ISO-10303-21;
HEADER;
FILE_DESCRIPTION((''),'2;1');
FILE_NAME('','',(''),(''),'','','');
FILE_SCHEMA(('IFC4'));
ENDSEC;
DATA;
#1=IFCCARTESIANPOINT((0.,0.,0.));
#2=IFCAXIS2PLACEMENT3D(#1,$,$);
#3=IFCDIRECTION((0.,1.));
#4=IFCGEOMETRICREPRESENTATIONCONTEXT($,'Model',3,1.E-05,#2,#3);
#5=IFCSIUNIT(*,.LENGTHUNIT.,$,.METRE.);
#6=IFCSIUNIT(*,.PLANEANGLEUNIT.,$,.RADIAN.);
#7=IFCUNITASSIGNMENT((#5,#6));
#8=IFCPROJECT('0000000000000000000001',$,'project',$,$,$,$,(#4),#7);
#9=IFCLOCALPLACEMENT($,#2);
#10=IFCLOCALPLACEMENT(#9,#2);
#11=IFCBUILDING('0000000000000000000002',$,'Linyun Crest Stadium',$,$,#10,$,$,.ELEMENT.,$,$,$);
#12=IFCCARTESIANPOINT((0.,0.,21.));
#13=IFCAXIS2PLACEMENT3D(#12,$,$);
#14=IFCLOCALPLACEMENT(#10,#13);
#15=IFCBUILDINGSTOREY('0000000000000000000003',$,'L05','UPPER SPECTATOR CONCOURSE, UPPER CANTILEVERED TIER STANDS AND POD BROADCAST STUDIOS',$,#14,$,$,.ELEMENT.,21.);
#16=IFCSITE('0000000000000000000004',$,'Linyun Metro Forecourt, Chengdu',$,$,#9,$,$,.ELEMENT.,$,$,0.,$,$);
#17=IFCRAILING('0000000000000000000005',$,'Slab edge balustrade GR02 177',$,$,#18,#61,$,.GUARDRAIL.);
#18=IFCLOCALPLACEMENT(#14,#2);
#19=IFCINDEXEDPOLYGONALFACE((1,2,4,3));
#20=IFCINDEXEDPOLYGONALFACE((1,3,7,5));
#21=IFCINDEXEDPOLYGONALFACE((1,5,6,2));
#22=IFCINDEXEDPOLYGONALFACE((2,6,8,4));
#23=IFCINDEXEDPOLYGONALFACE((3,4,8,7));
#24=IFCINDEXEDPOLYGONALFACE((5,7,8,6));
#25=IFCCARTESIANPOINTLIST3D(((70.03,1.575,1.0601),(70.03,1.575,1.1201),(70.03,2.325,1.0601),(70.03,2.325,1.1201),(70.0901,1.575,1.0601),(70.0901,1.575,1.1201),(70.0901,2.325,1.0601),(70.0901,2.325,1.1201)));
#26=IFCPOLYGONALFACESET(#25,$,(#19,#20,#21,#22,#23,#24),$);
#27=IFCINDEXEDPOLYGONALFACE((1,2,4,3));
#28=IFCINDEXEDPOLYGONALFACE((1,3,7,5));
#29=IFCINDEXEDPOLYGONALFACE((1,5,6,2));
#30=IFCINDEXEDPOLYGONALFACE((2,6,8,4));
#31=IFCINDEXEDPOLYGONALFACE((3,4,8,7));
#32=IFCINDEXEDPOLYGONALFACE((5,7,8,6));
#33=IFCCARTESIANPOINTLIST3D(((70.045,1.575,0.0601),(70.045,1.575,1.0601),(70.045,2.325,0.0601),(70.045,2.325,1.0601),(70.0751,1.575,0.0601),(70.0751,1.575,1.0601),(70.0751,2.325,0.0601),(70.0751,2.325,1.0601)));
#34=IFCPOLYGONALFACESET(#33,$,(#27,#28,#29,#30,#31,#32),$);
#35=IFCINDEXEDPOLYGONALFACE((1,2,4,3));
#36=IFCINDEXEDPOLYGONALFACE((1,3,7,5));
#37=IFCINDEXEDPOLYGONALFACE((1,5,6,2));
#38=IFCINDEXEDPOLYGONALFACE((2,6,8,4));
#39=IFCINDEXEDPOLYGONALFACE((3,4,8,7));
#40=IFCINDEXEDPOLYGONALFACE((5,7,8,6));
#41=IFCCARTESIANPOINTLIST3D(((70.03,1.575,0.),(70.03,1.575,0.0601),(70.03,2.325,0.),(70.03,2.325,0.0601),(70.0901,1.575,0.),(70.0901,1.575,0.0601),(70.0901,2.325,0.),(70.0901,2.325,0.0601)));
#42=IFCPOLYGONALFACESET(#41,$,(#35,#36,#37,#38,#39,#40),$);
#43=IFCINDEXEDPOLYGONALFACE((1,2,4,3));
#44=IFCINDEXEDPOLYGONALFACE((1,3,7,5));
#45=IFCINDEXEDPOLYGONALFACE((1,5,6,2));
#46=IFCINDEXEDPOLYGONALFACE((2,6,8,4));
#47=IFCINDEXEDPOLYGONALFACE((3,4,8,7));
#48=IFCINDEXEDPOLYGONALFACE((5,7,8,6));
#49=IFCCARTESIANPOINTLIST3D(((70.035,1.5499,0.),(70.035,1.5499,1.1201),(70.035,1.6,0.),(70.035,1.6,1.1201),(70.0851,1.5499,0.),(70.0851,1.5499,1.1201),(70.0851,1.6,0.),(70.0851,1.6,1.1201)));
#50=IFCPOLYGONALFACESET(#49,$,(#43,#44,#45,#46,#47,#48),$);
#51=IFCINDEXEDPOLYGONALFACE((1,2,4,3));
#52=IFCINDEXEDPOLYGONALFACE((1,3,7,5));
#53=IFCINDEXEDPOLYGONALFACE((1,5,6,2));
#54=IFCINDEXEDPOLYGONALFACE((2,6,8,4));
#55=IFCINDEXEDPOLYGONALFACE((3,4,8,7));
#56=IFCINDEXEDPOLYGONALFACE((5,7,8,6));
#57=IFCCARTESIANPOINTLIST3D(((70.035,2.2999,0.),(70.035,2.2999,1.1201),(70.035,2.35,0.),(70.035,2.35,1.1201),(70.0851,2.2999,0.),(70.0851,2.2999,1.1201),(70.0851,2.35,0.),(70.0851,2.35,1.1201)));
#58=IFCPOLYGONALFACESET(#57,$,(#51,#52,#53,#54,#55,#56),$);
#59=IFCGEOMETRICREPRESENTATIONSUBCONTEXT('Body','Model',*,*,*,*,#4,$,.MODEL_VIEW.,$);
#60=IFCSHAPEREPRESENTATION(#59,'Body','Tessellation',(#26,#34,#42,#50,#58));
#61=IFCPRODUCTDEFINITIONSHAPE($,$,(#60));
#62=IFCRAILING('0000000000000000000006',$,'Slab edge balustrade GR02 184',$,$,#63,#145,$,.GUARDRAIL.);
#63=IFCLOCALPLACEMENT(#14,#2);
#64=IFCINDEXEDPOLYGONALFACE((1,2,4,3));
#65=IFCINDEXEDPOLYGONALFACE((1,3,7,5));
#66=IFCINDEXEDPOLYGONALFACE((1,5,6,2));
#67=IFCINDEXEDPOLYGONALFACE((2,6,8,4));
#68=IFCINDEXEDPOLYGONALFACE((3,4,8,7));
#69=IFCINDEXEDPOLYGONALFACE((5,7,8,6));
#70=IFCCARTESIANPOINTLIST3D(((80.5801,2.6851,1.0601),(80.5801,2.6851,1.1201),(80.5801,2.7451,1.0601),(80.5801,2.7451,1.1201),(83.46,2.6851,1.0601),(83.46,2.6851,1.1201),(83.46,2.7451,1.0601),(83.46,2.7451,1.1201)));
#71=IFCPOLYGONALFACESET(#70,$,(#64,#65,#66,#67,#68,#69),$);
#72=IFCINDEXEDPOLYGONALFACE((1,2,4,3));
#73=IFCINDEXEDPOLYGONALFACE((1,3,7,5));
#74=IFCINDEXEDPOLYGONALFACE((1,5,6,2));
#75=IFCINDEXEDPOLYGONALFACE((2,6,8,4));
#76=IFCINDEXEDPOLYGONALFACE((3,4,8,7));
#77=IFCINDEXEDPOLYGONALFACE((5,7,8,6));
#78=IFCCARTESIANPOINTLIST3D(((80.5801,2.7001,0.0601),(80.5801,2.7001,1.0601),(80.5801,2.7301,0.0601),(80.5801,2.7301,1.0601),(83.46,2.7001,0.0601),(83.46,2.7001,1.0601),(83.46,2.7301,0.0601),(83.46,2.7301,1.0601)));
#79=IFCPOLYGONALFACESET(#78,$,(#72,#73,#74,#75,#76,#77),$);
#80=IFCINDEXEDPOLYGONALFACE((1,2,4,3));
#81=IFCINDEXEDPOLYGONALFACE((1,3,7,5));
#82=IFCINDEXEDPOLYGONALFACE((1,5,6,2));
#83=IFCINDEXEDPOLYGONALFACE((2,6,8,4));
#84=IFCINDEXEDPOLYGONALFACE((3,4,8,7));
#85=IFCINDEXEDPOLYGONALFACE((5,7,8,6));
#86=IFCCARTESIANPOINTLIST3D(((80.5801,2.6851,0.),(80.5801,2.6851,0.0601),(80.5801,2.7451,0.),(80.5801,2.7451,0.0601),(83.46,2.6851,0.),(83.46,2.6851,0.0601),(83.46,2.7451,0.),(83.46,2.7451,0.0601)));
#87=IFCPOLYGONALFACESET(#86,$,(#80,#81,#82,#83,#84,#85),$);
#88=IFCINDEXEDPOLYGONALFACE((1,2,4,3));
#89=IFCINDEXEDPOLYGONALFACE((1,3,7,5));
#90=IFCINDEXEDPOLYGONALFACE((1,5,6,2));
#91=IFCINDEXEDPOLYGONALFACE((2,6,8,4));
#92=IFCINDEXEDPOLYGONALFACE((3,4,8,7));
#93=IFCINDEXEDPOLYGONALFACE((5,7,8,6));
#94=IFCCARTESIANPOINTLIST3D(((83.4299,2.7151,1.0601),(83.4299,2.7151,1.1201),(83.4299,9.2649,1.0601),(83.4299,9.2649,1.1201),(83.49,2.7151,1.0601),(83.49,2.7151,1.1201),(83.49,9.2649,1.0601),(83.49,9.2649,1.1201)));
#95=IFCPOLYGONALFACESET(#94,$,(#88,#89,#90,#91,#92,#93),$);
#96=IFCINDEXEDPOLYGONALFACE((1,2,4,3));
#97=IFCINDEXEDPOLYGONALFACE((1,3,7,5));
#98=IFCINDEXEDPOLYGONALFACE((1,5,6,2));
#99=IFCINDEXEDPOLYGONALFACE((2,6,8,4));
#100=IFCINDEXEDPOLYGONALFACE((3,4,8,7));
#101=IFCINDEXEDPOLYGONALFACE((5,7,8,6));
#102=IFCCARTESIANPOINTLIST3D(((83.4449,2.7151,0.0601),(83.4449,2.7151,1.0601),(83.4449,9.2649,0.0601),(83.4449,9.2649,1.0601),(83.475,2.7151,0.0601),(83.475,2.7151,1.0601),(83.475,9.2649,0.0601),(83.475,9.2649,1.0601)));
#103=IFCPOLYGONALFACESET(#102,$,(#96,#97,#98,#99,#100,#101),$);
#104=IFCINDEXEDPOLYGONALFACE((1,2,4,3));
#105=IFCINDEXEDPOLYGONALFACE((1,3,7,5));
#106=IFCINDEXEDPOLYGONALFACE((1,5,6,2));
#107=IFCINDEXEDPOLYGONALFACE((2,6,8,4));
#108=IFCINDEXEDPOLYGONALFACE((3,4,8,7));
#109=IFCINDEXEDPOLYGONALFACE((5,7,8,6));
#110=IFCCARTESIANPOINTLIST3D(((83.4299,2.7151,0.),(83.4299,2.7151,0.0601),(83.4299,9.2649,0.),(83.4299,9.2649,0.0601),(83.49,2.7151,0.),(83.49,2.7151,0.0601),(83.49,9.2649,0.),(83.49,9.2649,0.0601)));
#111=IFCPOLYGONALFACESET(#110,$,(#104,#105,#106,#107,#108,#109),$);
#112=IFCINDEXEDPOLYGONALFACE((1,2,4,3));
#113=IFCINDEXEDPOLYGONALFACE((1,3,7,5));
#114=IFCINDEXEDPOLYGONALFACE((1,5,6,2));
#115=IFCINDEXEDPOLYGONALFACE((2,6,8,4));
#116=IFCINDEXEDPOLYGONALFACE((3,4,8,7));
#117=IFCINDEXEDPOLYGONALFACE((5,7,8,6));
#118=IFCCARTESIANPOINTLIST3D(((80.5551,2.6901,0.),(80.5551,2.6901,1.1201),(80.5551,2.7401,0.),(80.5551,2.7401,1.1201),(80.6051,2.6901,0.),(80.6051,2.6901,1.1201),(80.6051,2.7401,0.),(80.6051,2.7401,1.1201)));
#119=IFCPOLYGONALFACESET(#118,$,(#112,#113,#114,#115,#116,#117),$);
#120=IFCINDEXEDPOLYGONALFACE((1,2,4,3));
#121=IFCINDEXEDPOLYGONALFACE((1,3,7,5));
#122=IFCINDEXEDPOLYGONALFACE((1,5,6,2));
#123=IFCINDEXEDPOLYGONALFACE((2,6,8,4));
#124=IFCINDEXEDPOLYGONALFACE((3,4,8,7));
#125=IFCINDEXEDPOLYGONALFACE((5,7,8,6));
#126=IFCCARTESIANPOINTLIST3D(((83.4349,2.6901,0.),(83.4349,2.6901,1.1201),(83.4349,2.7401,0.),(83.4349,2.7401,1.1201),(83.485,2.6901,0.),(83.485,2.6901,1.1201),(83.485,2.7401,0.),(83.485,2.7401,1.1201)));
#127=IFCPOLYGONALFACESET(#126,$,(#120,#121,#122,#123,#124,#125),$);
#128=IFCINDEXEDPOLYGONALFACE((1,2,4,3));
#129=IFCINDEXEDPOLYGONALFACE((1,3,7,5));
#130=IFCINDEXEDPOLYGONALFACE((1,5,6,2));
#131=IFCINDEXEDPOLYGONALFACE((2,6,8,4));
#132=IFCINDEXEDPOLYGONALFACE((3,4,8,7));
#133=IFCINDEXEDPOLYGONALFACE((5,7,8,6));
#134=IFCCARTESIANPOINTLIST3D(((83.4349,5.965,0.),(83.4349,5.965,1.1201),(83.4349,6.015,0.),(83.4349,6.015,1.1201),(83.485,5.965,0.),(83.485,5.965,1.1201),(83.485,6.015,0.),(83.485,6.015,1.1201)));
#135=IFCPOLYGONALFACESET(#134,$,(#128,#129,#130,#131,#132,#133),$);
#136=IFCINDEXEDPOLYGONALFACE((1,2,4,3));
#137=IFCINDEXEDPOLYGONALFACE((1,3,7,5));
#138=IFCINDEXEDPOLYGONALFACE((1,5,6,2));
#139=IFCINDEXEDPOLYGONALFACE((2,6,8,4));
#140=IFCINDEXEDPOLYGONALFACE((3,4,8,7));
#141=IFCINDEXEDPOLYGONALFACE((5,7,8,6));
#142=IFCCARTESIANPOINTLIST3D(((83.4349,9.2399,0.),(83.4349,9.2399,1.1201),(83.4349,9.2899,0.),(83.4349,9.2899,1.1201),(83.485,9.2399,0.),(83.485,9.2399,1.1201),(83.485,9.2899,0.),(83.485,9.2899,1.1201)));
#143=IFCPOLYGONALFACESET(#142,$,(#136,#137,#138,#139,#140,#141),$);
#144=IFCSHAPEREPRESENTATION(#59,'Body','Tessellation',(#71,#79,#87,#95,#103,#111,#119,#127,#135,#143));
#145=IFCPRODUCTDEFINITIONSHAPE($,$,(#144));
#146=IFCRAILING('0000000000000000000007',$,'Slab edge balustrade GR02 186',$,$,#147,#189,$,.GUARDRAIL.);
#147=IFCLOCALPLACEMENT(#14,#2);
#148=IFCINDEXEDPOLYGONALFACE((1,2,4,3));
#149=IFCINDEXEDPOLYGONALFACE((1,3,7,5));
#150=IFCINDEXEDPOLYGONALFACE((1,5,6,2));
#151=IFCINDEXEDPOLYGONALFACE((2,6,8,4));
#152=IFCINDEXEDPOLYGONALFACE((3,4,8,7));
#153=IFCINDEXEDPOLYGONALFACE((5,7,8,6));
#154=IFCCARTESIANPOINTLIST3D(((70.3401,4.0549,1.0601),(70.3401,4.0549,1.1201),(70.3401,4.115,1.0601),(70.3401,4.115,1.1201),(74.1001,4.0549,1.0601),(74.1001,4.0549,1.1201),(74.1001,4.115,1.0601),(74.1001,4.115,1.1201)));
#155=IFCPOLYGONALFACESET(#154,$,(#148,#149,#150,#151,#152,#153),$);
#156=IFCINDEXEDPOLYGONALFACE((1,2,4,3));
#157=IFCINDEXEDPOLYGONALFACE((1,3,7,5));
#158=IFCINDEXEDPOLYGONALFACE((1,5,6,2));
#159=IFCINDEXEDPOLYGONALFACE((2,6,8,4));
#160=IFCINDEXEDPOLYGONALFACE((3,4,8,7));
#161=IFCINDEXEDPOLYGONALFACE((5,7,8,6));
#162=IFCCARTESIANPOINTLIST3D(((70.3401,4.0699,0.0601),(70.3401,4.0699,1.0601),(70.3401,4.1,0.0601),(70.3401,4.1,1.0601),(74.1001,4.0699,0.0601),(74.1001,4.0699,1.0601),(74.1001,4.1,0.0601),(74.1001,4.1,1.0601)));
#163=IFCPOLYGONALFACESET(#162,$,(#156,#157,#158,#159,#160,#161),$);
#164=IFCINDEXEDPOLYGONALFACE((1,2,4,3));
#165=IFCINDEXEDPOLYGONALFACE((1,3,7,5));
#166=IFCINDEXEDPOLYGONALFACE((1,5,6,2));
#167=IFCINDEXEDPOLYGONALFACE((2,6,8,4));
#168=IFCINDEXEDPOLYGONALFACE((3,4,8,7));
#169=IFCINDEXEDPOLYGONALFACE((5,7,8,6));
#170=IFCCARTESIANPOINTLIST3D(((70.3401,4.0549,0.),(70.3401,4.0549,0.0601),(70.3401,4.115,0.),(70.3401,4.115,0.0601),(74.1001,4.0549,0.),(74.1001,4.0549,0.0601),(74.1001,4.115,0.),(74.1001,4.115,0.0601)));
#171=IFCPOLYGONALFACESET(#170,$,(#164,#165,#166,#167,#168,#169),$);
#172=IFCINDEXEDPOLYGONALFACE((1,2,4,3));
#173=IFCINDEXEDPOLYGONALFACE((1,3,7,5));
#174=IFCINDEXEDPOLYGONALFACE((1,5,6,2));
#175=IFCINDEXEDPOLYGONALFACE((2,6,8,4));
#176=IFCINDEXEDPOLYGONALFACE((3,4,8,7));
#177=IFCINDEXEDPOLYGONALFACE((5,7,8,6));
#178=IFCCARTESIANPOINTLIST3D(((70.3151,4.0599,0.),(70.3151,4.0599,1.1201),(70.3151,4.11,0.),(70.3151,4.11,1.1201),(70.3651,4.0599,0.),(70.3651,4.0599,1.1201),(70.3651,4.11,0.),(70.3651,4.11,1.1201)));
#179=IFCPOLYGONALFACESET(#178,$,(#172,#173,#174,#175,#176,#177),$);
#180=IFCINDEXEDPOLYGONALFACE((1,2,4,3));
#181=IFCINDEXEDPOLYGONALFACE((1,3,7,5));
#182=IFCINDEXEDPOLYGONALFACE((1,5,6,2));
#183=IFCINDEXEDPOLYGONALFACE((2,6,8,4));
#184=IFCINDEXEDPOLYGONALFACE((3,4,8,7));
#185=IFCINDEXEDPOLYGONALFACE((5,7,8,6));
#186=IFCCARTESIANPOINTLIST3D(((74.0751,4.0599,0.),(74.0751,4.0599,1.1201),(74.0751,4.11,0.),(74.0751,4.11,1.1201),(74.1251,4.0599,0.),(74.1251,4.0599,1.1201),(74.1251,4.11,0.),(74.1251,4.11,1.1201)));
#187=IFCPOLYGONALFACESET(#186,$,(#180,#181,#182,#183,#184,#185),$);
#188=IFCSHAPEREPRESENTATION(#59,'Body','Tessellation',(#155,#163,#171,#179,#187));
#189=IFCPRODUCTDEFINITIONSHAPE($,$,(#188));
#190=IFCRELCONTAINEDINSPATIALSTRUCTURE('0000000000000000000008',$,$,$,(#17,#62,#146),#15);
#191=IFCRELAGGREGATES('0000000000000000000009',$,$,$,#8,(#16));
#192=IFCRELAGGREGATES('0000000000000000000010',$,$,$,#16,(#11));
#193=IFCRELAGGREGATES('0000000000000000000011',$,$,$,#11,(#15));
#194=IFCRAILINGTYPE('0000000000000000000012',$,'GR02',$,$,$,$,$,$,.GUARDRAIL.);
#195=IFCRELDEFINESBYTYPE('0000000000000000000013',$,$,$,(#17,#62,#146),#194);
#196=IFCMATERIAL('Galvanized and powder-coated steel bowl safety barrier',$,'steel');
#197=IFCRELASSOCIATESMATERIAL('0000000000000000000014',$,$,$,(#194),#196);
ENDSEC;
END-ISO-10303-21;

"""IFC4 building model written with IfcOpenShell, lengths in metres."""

from ifc_helpers import new_model, si_unit, direction, frame, origin, origin_2d, place, context, subcontext, project, spatial, rectangle, extrude, material, type_object, element, save


model = new_model("IFC4")

# Units and contexts
model_context = context("Model", 3, precision=1e-05, world=origin(), true_north=direction((0.0, 1.0)))
body_context = subcontext(model_context, "Body", "Model", "MODEL_VIEW")
ifc_project = project(units=[si_unit("LENGTHUNIT", "METRE"), si_unit("PLANEANGLEUNIT", "RADIAN")], contexts=[model_context])

# Site, building, storey
site_placement = place(None, origin())
site = spatial("IfcSite", under=ifc_project, at=site_placement, Name="Linyun Metro Forecourt, Chengdu", CompositionType="ELEMENT", RefElevation=0.0)
building_placement = place(site_placement, origin())
building = spatial("IfcBuilding", under=site, at=building_placement, Name="Linyun Crest Stadium", CompositionType="ELEMENT")
storey_placement = place(building_placement, frame((0.0, 0.0, 21.0)))
storey = spatial("IfcBuildingStorey", under=building, at=storey_placement, Name="L05", Description="UPPER SPECTATOR CONCOURSE, UPPER CANTILEVERED TIER STANDS AND POD BROADCAST STUDIOS", CompositionType="ELEMENT", Elevation=21.0)

# Railings
ifc_material_1 = material(Name="Galvanized and powder-coated steel bowl safety barrier", Category="steel")
railing_type_1 = type_object("IfcRailingType", Name="GR02", PredefinedType="GUARDRAIL", material=ifc_material_1)
railing_1_placement = place(storey_placement, frame((70.0601, 1.575, 0.0)))
element("IfcRailing", 1, at=railing_1_placement, inside=storey, type_object=railing_type_1, Name="Slab edge balustrade GR02 177", PredefinedType="GUARDRAIL", context=body_context, shape_type="SweptSolid", body=[
    extrude(rectangle(XDim=0.0601, YDim=0.0601, at=origin_2d()), frame((0.0, 0.0, 1.0901), z_axis=(0.0, 1.0, 0.0), x_axis=(-1.0, 0.0, 0.0)), (0.0, 0.0, 1.0), 0.75),
    extrude(rectangle(XDim=0.03, YDim=1.0, at=origin_2d()), frame((0.0, 0.0, 0.5601), z_axis=(0.0, 1.0, 0.0), x_axis=(-1.0, 0.0, 0.0)), (0.0, 0.0, 1.0), 0.75),
    extrude(rectangle(XDim=0.0601, YDim=0.0601, at=origin_2d()), frame((0.0, 0.0, 0.03), z_axis=(0.0, 1.0, 0.0), x_axis=(-1.0, 0.0, 0.0)), (0.0, 0.0, 1.0), 0.75),
    extrude(rectangle(XDim=0.05, YDim=0.05, at=origin_2d()), origin(), (0.0, 0.0, 1.0), 1.1201),
    extrude(rectangle(XDim=0.05, YDim=0.05, at=origin_2d()), frame((0.0, 0.75, 0.0)), (0.0, 0.0, 1.0), 1.1201),
])
railing_2_placement = place(storey_placement, frame((80.5801, 2.7151, 0.0)))
element("IfcRailing", 2, at=railing_2_placement, inside=storey, type_object=railing_type_1, Name="Slab edge balustrade GR02 184", PredefinedType="GUARDRAIL", context=body_context, shape_type="SweptSolid", body=[
    extrude(rectangle(XDim=0.0601, YDim=0.0601, at=origin_2d()), frame((0.0, 0.0, 1.0901), z_axis=(1.0, 0.0, 0.0), x_axis=(0.0, 1.0, 0.0)), (0.0, 0.0, 1.0), 2.8799),
    extrude(rectangle(XDim=0.03, YDim=1.0, at=origin_2d()), frame((0.0, 0.0, 0.5601), z_axis=(1.0, 0.0, 0.0), x_axis=(0.0, 1.0, 0.0)), (0.0, 0.0, 1.0), 2.8799),
    extrude(rectangle(XDim=0.0601, YDim=0.0601, at=origin_2d()), frame((0.0, 0.0, 0.03), z_axis=(1.0, 0.0, 0.0), x_axis=(0.0, 1.0, 0.0)), (0.0, 0.0, 1.0), 2.8799),
    extrude(rectangle(XDim=0.0601, YDim=0.0601, at=origin_2d()), frame((2.8799, 0.0, 1.0901), z_axis=(0.0, 1.0, 0.0), x_axis=(-1.0, 0.0, 0.0)), (0.0, 0.0, 1.0), 6.5498),
    extrude(rectangle(XDim=0.03, YDim=1.0, at=origin_2d()), frame((2.8799, 0.0, 0.5601), z_axis=(0.0, 1.0, 0.0), x_axis=(-1.0, 0.0, 0.0)), (0.0, 0.0, 1.0), 6.5498),
    extrude(rectangle(XDim=0.0601, YDim=0.0601, at=origin_2d()), frame((2.8799, 0.0, 0.03), z_axis=(0.0, 1.0, 0.0), x_axis=(-1.0, 0.0, 0.0)), (0.0, 0.0, 1.0), 6.5498),
    extrude(rectangle(XDim=0.05, YDim=0.05, at=origin_2d()), origin(), (0.0, 0.0, 1.0), 1.1201),
    extrude(rectangle(XDim=0.05, YDim=0.05, at=origin_2d()), frame((2.8799, 0.0, 0.0)), (0.0, 0.0, 1.0), 1.1201),
    extrude(rectangle(XDim=0.05, YDim=0.05, at=origin_2d()), frame((2.8799, 3.2749, 0.0)), (0.0, 0.0, 1.0), 1.1201),
    extrude(rectangle(XDim=0.05, YDim=0.05, at=origin_2d()), frame((2.8799, 6.5498, 0.0)), (0.0, 0.0, 1.0), 1.1201),
])
railing_3_placement = place(storey_placement, frame((70.3401, 4.085, 0.0)))
element("IfcRailing", 3, at=railing_3_placement, inside=storey, type_object=railing_type_1, Name="Slab edge balustrade GR02 186", PredefinedType="GUARDRAIL", context=body_context, shape_type="SweptSolid", body=[
    extrude(rectangle(XDim=0.0601, YDim=0.0601, at=origin_2d()), frame((0.0, 0.0, 1.0901), z_axis=(1.0, 0.0, 0.0), x_axis=(0.0, 1.0, 0.0)), (0.0, 0.0, 1.0), 3.76),
    extrude(rectangle(XDim=0.03, YDim=1.0, at=origin_2d()), frame((0.0, 0.0, 0.5601), z_axis=(1.0, 0.0, 0.0), x_axis=(0.0, 1.0, 0.0)), (0.0, 0.0, 1.0), 3.76),
    extrude(rectangle(XDim=0.0601, YDim=0.0601, at=origin_2d()), frame((0.0, 0.0, 0.03), z_axis=(1.0, 0.0, 0.0), x_axis=(0.0, 1.0, 0.0)), (0.0, 0.0, 1.0), 3.76),
    extrude(rectangle(XDim=0.05, YDim=0.05, at=origin_2d()), origin(), (0.0, 0.0, 1.0), 1.1201),
    extrude(rectangle(XDim=0.05, YDim=0.05, at=origin_2d()), frame((3.76, 0.0, 0.0)), (0.0, 0.0, 1.0), 1.1201),
])

save(model, "model.ifc")
